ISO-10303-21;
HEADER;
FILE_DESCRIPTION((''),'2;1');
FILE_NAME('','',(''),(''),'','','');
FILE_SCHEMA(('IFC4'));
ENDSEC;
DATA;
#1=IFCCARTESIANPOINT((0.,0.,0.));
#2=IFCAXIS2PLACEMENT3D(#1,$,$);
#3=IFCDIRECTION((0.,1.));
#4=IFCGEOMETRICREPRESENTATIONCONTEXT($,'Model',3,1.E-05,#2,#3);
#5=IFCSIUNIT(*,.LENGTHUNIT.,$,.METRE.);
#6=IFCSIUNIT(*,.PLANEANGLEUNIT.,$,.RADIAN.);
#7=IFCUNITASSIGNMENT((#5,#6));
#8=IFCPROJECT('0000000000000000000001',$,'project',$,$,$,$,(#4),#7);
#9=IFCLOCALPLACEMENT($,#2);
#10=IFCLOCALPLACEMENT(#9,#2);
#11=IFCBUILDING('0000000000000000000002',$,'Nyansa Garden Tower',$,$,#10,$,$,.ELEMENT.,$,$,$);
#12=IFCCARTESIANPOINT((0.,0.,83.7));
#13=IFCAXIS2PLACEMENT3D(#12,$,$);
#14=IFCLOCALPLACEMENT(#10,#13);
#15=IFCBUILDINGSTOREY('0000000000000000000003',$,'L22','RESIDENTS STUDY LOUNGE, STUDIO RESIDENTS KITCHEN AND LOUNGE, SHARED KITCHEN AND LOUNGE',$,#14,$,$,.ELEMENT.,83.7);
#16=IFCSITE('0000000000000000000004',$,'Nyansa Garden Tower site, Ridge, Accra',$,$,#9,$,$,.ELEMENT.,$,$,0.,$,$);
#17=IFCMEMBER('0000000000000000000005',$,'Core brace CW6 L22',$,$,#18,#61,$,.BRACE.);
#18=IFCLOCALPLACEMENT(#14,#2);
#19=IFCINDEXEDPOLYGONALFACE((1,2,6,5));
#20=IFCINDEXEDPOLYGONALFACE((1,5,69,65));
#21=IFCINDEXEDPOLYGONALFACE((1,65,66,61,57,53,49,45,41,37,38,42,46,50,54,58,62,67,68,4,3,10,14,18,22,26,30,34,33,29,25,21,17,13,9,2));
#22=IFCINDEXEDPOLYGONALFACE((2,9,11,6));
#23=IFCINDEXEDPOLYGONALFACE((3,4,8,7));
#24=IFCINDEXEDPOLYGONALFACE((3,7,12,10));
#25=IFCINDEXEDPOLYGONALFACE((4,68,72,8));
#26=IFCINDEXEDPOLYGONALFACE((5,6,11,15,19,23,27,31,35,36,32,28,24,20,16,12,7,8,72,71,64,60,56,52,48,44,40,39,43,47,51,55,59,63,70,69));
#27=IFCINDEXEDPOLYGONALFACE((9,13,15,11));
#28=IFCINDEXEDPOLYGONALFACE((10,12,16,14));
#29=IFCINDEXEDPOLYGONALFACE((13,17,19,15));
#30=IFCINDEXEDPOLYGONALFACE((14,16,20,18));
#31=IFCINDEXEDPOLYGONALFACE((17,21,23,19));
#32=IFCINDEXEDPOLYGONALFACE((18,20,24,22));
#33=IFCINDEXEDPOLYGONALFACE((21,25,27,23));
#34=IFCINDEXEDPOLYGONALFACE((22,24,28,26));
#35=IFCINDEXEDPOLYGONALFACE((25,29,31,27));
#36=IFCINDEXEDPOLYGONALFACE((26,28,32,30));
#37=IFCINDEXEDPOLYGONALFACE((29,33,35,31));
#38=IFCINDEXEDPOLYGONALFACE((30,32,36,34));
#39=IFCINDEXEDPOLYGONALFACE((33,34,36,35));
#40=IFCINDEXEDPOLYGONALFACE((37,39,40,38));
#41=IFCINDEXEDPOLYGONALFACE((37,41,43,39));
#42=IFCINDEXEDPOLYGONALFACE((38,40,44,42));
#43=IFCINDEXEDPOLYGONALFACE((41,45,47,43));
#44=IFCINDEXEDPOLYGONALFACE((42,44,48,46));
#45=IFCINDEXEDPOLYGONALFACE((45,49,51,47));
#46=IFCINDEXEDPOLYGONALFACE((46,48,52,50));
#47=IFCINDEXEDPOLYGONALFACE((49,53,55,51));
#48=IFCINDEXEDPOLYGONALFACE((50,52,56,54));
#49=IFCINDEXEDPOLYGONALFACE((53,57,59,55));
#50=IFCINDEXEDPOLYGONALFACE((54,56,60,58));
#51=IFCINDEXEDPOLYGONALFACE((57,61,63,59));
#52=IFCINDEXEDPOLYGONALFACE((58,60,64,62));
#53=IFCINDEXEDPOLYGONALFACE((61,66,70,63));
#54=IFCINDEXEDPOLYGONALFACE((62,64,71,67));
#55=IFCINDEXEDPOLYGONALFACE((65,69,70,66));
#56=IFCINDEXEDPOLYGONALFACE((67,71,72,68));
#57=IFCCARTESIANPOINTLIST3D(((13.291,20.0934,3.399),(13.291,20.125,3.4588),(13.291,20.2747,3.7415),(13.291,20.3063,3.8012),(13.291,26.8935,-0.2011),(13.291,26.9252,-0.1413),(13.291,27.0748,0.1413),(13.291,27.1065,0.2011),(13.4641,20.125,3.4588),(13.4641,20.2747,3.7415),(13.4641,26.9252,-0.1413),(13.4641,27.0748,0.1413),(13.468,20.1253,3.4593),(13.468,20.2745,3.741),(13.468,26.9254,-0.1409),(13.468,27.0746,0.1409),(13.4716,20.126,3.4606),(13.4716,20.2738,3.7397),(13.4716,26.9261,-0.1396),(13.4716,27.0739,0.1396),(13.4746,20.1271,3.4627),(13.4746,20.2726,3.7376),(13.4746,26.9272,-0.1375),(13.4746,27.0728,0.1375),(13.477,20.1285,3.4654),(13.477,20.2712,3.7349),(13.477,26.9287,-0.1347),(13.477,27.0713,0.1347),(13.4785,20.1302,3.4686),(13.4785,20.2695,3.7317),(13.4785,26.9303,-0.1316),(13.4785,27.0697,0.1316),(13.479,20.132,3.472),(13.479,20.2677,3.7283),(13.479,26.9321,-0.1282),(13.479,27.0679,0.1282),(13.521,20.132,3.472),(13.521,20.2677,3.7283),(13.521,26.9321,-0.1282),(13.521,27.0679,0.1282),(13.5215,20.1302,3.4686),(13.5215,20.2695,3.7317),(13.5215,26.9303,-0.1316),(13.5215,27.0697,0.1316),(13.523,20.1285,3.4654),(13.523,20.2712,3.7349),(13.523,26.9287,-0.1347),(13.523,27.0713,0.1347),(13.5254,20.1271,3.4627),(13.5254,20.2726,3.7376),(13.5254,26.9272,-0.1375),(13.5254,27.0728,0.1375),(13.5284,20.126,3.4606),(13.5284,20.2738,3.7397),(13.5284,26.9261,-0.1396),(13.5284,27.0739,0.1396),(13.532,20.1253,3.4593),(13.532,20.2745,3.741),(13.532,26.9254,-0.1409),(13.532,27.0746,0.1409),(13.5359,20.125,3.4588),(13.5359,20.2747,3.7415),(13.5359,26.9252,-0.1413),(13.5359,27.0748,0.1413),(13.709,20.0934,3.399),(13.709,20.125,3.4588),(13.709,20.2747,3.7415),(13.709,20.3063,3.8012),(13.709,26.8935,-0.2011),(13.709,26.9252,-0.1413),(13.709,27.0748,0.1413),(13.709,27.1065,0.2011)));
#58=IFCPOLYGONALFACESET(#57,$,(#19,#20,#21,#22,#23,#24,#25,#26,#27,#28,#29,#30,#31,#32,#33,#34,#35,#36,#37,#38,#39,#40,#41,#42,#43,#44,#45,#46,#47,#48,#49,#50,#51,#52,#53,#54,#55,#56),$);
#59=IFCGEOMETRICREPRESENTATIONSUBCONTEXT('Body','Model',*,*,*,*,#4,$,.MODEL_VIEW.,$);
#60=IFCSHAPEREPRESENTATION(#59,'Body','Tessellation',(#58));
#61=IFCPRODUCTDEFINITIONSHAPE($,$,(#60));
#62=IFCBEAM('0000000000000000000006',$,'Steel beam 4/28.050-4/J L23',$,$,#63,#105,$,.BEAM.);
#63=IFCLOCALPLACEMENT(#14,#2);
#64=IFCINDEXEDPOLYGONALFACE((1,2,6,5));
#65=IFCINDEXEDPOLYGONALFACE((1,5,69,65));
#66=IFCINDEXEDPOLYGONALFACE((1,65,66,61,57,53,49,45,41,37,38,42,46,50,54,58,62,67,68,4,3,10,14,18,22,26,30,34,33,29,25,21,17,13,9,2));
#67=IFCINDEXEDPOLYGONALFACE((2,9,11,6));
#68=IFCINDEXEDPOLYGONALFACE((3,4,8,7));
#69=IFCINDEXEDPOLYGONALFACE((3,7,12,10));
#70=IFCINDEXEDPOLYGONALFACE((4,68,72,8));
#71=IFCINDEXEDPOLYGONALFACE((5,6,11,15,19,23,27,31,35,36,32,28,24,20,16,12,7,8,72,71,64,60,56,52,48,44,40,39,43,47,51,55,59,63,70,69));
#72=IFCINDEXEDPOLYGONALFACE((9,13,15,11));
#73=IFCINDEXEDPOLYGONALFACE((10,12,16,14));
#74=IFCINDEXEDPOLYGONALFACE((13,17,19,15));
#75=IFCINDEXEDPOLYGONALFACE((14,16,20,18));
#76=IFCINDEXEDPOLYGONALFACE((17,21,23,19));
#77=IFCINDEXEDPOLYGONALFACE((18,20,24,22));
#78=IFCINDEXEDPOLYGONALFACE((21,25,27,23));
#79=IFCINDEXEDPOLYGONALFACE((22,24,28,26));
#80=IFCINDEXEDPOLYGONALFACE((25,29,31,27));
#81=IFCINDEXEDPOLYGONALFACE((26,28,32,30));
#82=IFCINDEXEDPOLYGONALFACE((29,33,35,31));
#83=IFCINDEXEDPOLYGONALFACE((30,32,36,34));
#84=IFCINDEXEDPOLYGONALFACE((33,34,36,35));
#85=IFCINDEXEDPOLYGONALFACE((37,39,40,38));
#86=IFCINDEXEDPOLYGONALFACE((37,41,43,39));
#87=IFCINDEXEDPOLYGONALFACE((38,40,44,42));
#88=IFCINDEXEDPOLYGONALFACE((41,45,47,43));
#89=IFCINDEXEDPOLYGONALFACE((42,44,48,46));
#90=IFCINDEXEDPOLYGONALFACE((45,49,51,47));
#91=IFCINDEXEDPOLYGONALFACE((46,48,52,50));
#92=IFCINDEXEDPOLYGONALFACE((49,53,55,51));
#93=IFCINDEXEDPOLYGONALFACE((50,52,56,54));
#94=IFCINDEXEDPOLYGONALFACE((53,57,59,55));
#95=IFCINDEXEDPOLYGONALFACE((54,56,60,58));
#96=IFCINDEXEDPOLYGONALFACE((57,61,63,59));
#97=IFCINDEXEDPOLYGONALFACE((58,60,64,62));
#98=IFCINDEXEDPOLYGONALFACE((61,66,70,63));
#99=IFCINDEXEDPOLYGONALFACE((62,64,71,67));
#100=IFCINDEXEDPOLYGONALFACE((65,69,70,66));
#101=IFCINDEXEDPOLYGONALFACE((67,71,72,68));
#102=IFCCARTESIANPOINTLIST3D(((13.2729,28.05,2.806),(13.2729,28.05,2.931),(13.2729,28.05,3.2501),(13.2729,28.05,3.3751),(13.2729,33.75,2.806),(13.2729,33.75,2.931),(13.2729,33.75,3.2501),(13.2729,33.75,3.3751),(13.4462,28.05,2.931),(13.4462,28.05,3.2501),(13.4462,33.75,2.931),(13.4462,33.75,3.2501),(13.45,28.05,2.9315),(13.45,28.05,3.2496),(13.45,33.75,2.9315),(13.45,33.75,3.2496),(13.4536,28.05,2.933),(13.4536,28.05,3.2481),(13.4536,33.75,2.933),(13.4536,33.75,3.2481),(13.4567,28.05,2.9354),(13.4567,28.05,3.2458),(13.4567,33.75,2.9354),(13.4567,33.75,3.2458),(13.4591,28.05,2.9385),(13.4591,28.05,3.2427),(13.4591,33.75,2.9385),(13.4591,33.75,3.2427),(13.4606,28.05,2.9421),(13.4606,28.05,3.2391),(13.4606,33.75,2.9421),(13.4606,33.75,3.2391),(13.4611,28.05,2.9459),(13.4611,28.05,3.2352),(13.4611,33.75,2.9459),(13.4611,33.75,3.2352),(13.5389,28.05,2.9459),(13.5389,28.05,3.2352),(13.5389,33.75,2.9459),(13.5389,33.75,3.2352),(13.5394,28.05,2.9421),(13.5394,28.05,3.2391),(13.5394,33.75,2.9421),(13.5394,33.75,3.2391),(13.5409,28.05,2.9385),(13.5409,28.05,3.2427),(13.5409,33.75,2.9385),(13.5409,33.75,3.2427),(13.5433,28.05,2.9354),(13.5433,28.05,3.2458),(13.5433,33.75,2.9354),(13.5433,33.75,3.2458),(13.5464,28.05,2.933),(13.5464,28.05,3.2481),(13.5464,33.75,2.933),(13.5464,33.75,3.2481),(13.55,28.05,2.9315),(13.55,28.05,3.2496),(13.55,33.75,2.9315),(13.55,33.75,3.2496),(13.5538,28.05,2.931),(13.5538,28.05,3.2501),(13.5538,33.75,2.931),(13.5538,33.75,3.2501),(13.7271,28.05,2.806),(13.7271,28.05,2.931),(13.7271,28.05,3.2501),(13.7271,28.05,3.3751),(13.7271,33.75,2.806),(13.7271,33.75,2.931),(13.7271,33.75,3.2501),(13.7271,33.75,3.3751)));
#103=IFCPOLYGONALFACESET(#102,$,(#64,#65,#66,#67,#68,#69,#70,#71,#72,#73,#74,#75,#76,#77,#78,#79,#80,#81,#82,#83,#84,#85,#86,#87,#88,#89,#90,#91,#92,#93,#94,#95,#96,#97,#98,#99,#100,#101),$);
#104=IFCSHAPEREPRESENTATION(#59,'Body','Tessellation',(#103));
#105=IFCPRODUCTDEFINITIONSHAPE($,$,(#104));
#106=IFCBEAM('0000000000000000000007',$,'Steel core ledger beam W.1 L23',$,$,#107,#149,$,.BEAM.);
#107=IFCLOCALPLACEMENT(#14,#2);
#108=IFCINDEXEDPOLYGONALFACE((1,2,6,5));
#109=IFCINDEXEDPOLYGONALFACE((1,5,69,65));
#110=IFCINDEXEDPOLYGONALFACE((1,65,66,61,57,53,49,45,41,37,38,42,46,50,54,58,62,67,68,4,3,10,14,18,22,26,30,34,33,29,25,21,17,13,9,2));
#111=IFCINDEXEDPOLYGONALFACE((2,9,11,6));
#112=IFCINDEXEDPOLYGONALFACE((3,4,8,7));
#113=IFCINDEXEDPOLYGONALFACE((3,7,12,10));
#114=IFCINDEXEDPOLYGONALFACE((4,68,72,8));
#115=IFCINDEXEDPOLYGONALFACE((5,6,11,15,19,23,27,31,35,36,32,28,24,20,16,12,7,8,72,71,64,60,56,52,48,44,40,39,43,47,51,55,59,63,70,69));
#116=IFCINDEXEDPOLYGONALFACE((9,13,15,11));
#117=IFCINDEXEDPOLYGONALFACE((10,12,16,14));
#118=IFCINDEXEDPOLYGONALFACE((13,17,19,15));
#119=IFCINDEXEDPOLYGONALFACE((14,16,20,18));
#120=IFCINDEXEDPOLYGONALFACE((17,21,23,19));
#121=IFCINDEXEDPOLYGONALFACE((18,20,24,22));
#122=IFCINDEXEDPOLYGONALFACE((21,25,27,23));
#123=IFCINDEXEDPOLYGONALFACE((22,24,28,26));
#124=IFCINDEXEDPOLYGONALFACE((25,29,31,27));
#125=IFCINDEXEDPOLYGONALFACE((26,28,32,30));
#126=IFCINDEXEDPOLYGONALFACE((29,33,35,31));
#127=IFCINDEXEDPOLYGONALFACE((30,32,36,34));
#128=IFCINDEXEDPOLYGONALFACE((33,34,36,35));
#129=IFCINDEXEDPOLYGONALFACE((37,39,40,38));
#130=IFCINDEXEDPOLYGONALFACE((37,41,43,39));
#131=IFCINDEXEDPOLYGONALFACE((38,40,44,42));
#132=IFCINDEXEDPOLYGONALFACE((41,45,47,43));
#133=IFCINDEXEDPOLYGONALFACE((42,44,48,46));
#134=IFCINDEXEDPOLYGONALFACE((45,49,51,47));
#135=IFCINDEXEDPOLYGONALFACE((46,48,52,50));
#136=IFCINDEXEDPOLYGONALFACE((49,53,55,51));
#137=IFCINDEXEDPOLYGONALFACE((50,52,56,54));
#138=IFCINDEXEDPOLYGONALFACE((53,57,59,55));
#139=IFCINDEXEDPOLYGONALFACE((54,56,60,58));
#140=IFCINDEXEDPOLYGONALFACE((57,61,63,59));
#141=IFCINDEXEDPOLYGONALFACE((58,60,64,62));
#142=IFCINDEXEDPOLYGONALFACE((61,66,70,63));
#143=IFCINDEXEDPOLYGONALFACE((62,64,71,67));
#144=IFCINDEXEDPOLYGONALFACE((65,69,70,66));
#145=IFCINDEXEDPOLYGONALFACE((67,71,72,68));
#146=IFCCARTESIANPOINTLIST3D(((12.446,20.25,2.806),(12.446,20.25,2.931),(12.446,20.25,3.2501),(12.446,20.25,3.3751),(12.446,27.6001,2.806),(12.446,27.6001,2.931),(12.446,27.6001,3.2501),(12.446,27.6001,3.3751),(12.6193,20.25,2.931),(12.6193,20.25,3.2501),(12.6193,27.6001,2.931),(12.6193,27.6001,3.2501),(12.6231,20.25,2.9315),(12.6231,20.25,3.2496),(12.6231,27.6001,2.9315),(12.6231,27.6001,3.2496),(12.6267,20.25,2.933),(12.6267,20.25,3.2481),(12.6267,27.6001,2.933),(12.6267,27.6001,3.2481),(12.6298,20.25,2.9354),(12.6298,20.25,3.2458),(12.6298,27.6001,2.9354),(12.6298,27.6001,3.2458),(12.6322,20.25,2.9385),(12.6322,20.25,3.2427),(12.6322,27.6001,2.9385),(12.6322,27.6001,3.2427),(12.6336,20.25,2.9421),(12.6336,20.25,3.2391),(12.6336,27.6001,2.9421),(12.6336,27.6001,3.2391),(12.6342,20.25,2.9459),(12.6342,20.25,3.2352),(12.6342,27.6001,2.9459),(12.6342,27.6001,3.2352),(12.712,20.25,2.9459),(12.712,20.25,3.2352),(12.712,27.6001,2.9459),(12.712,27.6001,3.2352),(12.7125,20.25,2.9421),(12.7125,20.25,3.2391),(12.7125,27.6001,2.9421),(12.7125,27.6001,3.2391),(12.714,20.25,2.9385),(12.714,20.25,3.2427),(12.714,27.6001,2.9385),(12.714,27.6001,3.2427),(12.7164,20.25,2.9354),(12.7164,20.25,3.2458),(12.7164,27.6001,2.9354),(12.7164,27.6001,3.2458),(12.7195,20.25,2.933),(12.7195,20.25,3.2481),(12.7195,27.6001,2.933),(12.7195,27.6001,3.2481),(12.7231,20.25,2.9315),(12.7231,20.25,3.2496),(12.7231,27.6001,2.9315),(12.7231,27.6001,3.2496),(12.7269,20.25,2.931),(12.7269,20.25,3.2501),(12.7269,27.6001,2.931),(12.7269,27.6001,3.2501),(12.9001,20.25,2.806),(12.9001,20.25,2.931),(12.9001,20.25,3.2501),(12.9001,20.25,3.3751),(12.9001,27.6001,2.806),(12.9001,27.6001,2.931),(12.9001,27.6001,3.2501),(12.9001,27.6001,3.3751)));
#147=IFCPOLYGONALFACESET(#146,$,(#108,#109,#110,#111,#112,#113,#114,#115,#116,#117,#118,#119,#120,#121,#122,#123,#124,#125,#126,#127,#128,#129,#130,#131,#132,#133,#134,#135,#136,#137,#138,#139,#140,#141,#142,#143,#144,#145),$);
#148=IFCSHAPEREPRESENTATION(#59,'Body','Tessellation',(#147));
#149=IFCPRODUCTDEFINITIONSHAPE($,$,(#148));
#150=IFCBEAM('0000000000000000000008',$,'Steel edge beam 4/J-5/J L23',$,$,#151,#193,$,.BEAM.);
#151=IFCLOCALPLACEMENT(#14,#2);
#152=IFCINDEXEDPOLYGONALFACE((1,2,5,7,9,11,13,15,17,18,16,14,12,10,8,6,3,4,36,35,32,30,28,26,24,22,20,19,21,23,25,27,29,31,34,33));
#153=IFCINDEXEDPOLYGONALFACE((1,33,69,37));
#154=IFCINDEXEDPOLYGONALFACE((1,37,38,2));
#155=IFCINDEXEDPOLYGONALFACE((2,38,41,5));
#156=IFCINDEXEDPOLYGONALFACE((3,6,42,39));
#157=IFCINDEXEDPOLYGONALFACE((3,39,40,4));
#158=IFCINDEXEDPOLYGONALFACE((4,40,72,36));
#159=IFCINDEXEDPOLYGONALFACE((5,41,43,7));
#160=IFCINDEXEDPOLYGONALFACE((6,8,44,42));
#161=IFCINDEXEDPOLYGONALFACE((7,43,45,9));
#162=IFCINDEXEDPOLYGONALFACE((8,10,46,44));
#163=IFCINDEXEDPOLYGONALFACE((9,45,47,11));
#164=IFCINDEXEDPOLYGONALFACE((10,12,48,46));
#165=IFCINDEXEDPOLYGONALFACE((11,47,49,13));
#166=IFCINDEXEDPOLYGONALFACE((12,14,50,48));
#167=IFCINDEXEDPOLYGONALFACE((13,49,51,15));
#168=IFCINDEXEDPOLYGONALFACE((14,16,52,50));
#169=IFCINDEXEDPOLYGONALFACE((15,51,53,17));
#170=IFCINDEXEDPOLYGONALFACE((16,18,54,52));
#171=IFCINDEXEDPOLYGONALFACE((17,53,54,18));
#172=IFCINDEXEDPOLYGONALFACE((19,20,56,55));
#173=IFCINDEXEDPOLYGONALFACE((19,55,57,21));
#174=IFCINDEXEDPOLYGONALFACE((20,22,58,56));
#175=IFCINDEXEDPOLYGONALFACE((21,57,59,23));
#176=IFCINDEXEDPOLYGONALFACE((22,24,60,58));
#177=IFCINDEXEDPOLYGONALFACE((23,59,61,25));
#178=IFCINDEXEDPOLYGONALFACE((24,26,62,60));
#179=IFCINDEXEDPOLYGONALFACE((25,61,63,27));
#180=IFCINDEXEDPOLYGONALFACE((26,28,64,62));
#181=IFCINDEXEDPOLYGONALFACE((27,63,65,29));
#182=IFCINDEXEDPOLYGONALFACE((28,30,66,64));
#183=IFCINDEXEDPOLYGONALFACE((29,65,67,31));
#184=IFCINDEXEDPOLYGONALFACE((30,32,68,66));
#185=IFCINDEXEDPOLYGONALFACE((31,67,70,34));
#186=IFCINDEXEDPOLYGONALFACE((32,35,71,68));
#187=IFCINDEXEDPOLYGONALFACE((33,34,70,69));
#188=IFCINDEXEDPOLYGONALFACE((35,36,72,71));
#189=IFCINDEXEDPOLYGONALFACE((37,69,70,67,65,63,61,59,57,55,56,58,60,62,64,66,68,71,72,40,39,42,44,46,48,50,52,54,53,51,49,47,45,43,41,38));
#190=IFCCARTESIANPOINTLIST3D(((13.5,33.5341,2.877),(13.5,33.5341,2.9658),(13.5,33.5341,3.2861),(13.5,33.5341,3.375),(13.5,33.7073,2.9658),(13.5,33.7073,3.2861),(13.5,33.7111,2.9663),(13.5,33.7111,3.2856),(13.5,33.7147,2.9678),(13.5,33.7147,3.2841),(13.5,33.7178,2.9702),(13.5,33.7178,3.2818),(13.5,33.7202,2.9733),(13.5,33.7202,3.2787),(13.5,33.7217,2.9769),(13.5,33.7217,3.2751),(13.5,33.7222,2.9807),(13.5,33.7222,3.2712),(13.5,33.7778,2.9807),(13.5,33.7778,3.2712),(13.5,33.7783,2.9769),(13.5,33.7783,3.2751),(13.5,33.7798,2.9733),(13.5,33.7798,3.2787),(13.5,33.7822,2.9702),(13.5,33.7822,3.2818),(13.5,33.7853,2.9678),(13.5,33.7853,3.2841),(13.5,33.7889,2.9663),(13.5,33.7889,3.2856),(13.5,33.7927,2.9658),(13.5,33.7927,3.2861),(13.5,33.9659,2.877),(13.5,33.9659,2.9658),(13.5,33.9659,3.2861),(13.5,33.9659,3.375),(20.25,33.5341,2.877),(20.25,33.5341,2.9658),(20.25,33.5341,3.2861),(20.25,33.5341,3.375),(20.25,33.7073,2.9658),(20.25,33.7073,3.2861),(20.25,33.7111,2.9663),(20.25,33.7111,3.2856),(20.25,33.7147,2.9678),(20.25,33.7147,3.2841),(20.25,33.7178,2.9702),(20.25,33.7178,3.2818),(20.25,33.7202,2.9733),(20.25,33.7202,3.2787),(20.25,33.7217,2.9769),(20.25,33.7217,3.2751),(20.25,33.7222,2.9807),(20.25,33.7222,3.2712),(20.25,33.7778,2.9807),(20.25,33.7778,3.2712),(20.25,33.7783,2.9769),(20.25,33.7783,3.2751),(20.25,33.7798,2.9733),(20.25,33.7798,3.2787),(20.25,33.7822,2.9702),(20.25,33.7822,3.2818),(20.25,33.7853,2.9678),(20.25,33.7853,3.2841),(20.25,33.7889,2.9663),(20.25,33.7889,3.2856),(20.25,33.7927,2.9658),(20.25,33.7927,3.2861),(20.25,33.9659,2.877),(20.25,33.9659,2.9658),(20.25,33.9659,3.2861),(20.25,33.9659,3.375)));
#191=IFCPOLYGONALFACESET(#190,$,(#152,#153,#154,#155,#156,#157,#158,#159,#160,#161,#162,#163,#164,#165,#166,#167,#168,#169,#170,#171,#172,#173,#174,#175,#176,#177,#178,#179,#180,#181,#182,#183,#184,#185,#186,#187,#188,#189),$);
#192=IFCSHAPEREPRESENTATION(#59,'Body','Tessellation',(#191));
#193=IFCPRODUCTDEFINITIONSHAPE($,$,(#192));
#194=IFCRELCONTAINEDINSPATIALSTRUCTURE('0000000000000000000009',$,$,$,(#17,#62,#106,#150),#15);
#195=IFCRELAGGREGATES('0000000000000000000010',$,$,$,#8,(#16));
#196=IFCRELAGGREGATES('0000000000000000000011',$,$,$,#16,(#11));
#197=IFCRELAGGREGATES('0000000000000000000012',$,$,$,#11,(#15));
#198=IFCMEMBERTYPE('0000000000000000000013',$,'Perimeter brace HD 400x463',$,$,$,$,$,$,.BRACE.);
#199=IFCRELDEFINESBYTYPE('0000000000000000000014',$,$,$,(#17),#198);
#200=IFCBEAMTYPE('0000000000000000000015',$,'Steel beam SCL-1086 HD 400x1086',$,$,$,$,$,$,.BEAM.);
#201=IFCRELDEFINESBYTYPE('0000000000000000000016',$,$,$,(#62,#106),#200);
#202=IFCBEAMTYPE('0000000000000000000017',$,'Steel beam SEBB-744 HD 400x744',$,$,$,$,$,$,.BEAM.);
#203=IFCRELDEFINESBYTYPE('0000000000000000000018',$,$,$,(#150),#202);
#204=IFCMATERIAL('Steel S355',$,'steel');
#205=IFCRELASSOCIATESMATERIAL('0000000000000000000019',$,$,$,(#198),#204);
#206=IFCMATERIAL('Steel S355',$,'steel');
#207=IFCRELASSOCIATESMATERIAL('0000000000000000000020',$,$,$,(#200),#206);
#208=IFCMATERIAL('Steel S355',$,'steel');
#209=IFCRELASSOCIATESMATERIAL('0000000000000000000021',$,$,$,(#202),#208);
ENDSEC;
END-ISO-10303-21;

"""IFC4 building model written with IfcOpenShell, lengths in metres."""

from ifc_helpers import new_model, si_unit, direction, frame, origin, origin_2d, place, context, subcontext, project, spatial, i_section, extrude, material, material_profile, profile_set, type_object, element, save


model = new_model("IFC4")

# Units and contexts
model_context = context("Model", 3, precision=1e-05, world=origin(), true_north=direction((0.0, 1.0)))
body_context = subcontext(model_context, "Body", "Model", "MODEL_VIEW")
ifc_project = project(units=[si_unit("LENGTHUNIT", "METRE"), si_unit("PLANEANGLEUNIT", "RADIAN")], contexts=[model_context])

# Site, building, storey
site_placement = place(None, origin())
site = spatial("IfcSite", under=ifc_project, at=site_placement, Name="Nyansa Garden Tower site, Ridge, Accra", CompositionType="ELEMENT", RefElevation=0.0)
building_placement = place(site_placement, origin())
building = spatial("IfcBuilding", under=site, at=building_placement, Name="Nyansa Garden Tower", CompositionType="ELEMENT")
storey_placement = place(building_placement, frame((0.0, 0.0, 83.7)))
storey = spatial("IfcBuildingStorey", under=building, at=storey_placement, Name="L22", Description="RESIDENTS STUDY LOUNGE, STUDIO RESIDENTS KITCHEN AND LOUNGE, SHARED KITCHEN AND LOUNGE", CompositionType="ELEMENT", Elevation=83.7)

# Member
ifc_material_1 = material(Name="Steel S355", Category="steel")
ifc_material_profile_1 = material_profile(ifc_material_1, i_section(OverallWidth=0.418, OverallDepth=0.4551, WebThickness=0.042, FlangeThickness=0.0676, FilletRadius=0.0149, at=origin_2d()), Name="HD 400x463")
ifc_profile_set_1 = profile_set([ifc_material_profile_1], Name="Steel S355")
member_type_1 = type_object("IfcMemberType", Name="Perimeter brace HD 400x463", PredefinedType="BRACE", material=ifc_profile_set_1)
member_1_placement = place(storey_placement, frame((13.5, 27.0, 0.0), z_axis=(0.0, -0.883784, 0.467895), x_axis=(1.0, 0.0, 0.0)))
element("IfcMember", 1, at=member_1_placement, inside=storey, type_object=member_type_1, Name="Core brace CW6 L22", PredefinedType="BRACE", context=body_context, shape_type="SweptSolid", body=[
    extrude(i_section(OverallWidth=0.418, OverallDepth=0.4551, WebThickness=0.042, FlangeThickness=0.0676, FilletRadius=0.0149, at=origin_2d()), origin(), (0.0, 0.0, 1.0), 7.6943),
])

# Beams
ifc_material_2 = material(Name="Steel S355", Category="steel")
ifc_material_profile_2 = material_profile(ifc_material_2, i_section(OverallWidth=0.4541, OverallDepth=0.5691, WebThickness=0.0779, FlangeThickness=0.125, FilletRadius=0.0149, at=origin_2d()), Name="HD 400x1086")
ifc_profile_set_2 = profile_set([ifc_material_profile_2], Name="Steel S355")
beam_type_1 = type_object("IfcBeamType", Name="Steel beam SCL-1086 HD 400x1086", PredefinedType="BEAM", material=ifc_profile_set_2)
beam_1_placement = place(storey_placement, frame((13.5, 28.05, 3.0906), z_axis=(0.0, 1.0, 0.0), x_axis=(-1.0, 0.0, 0.0)))
element("IfcBeam", 2, at=beam_1_placement, inside=storey, type_object=beam_type_1, Name="Steel beam 4/28.050-4/J L23", PredefinedType="BEAM", context=body_context, shape_type="SweptSolid", body=[
    extrude(i_section(OverallWidth=0.4541, OverallDepth=0.5691, WebThickness=0.0779, FlangeThickness=0.125, FilletRadius=0.0149, at=origin_2d()), origin(), (0.0, 0.0, 1.0), 5.7),
])
beam_2_placement = place(storey_placement, frame((12.6731, 27.6001, 3.0906), z_axis=(0.0, -1.0, 0.0), x_axis=(1.0, 0.0, 0.0)))
element("IfcBeam", 3, at=beam_2_placement, inside=storey, type_object=beam_type_1, Name="Steel core ledger beam W.1 L23", PredefinedType="BEAM", context=body_context, shape_type="SweptSolid", body=[
    extrude(i_section(OverallWidth=0.4541, OverallDepth=0.5691, WebThickness=0.0779, FlangeThickness=0.125, FilletRadius=0.0149, at=origin_2d()), origin(), (0.0, 0.0, 1.0), 7.3501),
])
ifc_material_3 = material(Name="Steel S355", Category="steel")
ifc_material_profile_3 = material_profile(ifc_material_3, i_section(OverallWidth=0.4319, OverallDepth=0.498, WebThickness=0.0557, FlangeThickness=0.0889, FilletRadius=0.0149, at=origin_2d()), Name="HD 400x744")
ifc_profile_set_3 = profile_set([ifc_material_profile_3], Name="Steel S355")
beam_type_2 = type_object("IfcBeamType", Name="Steel beam SEBB-744 HD 400x744", PredefinedType="BEAM", material=ifc_profile_set_3)
beam_3_placement = place(storey_placement, frame((13.5, 33.75, 3.126), z_axis=(1.0, 0.0, 0.0), x_axis=(0.0, 1.0, 0.0)))
element("IfcBeam", 4, at=beam_3_placement, inside=storey, type_object=beam_type_2, Name="Steel edge beam 4/J-5/J L23", PredefinedType="BEAM", context=body_context, shape_type="SweptSolid", body=[
    extrude(i_section(OverallWidth=0.4319, OverallDepth=0.498, WebThickness=0.0557, FlangeThickness=0.0889, FilletRadius=0.0149, at=origin_2d()), origin(), (0.0, 0.0, 1.0), 6.75),
])

save(model, "model.ifc")
